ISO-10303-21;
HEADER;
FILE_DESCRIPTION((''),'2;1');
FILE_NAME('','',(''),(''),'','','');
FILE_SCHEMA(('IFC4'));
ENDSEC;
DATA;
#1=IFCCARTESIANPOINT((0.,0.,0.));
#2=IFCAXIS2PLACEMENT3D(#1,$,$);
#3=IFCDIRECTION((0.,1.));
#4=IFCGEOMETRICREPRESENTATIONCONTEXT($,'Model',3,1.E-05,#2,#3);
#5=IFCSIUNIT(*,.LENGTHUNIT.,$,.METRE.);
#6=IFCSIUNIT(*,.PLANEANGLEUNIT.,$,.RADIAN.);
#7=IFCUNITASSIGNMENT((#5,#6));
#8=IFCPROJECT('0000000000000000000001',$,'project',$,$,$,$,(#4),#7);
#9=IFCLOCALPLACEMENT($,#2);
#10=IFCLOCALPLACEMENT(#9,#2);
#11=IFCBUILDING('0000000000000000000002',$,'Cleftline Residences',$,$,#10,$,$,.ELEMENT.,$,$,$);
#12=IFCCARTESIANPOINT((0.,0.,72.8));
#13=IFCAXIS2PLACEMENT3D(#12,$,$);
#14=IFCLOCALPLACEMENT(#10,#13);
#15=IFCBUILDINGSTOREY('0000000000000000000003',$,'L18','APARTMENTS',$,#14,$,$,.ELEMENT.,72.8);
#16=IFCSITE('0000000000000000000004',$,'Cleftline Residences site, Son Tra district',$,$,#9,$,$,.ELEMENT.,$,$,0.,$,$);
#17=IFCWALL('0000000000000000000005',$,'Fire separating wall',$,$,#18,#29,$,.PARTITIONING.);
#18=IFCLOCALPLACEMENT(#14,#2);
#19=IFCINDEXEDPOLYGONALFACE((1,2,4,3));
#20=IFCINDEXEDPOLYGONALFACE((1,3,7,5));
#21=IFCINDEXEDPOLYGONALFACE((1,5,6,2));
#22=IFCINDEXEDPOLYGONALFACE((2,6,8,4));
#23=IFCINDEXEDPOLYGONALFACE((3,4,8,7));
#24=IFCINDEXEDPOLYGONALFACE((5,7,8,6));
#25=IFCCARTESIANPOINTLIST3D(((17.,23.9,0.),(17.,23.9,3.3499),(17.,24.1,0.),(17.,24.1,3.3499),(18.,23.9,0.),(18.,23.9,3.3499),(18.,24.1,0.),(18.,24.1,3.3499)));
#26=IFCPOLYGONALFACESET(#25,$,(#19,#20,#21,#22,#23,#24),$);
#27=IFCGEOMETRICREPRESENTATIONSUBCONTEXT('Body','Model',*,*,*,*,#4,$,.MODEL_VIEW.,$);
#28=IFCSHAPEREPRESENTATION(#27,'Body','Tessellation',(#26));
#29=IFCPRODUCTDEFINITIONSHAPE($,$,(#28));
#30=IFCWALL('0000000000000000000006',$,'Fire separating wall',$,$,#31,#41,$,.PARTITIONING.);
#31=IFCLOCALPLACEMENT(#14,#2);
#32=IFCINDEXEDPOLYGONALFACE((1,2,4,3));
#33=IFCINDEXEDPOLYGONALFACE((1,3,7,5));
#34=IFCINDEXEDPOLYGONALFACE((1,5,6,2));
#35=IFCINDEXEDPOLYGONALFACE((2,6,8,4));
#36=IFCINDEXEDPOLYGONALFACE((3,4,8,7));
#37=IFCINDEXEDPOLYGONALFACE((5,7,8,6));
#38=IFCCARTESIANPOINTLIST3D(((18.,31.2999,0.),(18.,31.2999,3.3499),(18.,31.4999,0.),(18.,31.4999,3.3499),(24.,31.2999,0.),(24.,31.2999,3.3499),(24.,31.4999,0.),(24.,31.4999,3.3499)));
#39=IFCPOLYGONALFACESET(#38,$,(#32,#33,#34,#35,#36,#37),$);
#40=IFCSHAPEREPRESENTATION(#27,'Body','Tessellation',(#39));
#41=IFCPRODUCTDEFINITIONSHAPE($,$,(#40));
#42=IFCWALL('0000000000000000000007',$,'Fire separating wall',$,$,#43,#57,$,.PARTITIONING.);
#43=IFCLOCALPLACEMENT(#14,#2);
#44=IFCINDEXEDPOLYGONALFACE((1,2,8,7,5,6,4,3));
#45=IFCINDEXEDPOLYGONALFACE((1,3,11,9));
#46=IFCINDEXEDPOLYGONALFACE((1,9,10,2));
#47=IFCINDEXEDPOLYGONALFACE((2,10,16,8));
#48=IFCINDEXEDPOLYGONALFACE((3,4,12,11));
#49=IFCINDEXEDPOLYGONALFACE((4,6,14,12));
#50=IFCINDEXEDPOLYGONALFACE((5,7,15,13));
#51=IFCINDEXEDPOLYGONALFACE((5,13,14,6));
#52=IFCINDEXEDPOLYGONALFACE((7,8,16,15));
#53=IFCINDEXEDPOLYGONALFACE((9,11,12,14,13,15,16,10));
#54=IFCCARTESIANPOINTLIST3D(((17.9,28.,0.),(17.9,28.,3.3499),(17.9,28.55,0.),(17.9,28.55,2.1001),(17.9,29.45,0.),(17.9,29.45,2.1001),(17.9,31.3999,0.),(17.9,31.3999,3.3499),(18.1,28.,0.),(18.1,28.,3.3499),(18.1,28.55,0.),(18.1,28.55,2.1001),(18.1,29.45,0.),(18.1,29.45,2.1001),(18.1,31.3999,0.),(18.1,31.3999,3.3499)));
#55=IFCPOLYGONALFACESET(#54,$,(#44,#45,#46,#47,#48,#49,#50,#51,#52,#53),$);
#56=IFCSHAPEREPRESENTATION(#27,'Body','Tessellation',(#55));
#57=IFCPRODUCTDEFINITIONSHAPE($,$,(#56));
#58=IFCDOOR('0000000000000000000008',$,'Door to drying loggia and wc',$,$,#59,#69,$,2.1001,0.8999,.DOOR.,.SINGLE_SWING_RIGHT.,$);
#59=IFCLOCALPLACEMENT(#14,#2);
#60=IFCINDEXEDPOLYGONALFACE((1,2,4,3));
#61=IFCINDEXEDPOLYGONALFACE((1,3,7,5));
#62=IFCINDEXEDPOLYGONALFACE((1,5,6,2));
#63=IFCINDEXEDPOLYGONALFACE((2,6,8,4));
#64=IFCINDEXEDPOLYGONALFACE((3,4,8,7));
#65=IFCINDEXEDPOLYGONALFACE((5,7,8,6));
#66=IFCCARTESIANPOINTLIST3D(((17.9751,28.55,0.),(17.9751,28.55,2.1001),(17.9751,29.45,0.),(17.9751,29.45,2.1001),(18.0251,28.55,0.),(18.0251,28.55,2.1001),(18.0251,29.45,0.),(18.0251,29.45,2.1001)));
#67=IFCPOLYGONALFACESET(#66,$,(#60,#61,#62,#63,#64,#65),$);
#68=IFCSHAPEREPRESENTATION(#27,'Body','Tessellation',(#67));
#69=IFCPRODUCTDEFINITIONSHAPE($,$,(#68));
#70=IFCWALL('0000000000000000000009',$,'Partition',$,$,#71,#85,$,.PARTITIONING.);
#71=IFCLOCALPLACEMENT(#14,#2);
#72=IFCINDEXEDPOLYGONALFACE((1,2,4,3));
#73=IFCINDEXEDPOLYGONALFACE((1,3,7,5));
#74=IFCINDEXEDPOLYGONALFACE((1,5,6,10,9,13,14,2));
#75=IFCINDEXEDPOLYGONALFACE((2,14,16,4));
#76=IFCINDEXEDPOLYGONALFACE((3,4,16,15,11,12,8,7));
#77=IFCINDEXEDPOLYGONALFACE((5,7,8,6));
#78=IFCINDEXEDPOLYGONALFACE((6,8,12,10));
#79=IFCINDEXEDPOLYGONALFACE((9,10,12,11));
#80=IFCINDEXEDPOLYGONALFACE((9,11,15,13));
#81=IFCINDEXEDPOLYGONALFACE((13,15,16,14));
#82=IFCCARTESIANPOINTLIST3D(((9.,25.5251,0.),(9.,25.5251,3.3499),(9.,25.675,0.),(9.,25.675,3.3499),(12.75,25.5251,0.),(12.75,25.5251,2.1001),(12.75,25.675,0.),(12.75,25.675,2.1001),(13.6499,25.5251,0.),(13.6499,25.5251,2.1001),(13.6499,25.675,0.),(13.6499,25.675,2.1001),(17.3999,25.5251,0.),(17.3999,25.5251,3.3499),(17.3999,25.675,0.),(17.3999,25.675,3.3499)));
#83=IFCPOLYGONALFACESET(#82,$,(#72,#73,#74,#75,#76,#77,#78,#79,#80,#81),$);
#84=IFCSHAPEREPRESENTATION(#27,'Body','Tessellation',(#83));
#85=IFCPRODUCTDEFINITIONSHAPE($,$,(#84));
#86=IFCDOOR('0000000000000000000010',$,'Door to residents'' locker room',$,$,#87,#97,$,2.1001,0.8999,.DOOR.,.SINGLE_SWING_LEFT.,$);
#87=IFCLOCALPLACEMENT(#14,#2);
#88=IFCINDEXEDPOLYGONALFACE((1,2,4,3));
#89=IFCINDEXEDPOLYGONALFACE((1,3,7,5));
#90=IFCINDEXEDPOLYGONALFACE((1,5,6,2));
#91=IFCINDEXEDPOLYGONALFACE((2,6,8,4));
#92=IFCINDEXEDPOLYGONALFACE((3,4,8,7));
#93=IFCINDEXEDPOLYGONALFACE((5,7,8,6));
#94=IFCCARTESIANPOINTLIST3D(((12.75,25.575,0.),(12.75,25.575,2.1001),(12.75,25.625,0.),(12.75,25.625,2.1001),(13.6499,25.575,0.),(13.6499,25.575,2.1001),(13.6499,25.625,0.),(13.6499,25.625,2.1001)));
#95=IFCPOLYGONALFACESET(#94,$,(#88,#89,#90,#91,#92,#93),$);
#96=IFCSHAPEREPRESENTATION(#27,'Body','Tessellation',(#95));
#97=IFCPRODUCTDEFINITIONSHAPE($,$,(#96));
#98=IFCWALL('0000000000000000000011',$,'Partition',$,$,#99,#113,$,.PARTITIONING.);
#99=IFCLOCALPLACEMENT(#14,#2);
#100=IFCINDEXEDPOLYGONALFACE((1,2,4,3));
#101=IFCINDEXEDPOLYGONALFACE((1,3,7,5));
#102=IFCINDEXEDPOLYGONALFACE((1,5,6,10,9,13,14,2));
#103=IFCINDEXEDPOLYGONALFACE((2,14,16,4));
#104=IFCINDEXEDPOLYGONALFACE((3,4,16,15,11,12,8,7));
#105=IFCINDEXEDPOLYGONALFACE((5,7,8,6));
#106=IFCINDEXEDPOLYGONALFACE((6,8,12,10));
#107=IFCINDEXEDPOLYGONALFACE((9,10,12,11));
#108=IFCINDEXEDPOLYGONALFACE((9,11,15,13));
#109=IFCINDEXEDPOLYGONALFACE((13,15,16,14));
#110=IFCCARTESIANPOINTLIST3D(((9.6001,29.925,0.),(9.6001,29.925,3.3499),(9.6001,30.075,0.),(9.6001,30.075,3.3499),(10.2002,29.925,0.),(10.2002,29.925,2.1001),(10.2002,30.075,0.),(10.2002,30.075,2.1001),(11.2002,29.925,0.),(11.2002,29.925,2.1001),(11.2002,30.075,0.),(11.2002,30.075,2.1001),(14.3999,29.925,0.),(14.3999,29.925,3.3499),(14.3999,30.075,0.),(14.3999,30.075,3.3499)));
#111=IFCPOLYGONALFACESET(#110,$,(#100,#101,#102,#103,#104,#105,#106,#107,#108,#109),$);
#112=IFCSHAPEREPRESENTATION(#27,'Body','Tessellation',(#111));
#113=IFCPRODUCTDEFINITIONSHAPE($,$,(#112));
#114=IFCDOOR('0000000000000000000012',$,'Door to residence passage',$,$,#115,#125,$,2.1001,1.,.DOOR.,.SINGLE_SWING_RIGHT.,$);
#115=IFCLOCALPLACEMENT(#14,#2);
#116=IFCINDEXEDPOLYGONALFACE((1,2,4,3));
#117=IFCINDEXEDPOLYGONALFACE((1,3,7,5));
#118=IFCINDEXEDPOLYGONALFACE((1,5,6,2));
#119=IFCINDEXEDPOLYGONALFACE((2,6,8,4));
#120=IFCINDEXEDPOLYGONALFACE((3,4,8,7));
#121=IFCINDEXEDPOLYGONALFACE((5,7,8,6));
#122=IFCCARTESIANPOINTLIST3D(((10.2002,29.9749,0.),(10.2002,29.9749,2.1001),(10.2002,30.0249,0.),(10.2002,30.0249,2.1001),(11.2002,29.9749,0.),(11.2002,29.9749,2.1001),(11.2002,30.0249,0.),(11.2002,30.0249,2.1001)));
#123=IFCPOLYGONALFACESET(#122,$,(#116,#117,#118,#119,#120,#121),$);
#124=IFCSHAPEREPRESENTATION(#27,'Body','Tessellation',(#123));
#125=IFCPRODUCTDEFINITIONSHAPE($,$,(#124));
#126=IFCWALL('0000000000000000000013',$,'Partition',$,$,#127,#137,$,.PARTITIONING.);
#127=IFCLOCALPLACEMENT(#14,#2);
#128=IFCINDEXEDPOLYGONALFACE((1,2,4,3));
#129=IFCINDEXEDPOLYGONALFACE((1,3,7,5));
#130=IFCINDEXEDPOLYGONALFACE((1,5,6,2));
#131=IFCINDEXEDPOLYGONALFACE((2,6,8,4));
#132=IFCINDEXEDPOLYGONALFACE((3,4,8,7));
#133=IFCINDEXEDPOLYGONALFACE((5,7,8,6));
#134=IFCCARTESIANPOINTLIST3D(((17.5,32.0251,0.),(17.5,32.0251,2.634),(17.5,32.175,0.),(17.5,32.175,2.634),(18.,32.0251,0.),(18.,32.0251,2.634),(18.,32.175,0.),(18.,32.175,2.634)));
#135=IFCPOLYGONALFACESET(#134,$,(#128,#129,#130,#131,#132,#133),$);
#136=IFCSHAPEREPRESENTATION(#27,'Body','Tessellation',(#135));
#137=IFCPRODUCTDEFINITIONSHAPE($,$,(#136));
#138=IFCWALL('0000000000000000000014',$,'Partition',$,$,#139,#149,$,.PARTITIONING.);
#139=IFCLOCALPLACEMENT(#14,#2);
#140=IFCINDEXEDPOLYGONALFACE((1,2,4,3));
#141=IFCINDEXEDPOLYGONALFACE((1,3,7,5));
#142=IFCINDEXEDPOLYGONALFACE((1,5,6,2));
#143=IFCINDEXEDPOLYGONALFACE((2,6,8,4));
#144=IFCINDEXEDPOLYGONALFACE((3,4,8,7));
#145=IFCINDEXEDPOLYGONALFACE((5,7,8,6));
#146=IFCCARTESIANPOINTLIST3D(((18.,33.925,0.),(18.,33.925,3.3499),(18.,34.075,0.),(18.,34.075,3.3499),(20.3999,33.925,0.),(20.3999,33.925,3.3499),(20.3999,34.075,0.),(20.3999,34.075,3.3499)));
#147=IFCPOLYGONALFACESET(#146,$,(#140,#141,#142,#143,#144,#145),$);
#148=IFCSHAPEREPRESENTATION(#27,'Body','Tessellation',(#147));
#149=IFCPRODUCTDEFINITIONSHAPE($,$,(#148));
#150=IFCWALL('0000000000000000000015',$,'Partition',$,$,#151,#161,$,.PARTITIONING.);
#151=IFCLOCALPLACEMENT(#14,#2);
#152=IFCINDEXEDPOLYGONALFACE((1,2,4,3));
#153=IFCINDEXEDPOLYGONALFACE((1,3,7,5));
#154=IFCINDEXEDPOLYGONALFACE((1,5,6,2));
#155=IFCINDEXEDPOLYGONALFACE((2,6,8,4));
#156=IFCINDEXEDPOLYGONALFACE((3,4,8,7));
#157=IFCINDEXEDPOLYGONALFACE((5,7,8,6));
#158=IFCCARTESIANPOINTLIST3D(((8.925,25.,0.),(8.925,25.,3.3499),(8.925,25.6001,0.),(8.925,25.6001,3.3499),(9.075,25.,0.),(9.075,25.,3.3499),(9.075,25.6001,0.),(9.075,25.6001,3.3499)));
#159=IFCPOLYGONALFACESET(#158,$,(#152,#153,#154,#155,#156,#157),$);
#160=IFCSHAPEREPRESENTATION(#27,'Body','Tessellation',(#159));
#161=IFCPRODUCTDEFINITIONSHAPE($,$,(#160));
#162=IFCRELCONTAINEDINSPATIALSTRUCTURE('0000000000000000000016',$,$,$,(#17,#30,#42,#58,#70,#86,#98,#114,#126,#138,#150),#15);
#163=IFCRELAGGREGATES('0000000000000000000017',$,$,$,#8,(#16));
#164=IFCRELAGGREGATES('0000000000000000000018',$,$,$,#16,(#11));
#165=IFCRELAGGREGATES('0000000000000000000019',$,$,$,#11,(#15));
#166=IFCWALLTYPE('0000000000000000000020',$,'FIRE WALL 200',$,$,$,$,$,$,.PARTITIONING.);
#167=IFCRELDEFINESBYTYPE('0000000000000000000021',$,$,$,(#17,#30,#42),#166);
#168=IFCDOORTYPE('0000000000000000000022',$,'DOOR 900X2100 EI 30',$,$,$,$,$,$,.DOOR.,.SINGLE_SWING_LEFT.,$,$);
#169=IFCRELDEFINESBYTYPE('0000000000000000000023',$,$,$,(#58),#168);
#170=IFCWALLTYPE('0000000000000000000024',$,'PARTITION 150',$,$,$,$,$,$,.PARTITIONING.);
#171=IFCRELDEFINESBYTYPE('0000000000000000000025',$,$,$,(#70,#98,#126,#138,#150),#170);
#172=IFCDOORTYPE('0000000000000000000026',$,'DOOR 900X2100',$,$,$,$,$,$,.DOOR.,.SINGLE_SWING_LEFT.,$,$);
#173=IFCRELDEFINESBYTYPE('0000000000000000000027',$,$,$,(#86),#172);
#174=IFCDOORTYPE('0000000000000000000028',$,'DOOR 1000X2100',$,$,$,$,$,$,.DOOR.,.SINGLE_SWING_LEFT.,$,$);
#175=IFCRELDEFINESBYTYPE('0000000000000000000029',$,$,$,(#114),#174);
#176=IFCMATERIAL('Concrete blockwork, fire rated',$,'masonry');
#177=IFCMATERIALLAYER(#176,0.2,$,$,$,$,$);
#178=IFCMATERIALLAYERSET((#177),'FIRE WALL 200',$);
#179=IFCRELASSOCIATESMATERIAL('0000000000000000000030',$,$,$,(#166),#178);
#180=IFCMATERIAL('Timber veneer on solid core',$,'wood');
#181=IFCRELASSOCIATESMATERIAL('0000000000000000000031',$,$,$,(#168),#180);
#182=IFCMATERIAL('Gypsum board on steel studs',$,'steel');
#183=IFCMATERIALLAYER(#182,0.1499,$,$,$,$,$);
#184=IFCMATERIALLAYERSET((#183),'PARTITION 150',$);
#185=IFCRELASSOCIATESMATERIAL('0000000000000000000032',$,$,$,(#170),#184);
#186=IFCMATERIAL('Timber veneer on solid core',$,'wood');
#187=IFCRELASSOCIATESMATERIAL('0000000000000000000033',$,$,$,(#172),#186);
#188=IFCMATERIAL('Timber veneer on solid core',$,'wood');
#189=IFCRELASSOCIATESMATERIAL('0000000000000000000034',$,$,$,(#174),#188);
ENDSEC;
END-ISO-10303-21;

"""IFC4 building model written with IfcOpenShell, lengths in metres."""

from ifc_helpers import new_model, si_unit, direction, frame, frame_2d, origin, place, context, subcontext, project, spatial, rectangle, extrude, material, layer, layer_set, type_object, element, fill, save


model = new_model("IFC4")

# Units and contexts
model_context = context("Model", 3, precision=1e-05, world=origin(), true_north=direction((0.0, 1.0)))
body_context = subcontext(model_context, "Body", "Model", "MODEL_VIEW")
ifc_project = project(units=[si_unit("LENGTHUNIT", "METRE"), si_unit("PLANEANGLEUNIT", "RADIAN")], contexts=[model_context])

# Site, building, storey
site_placement = place(None, origin())
site = spatial("IfcSite", under=ifc_project, at=site_placement, Name="Cleftline Residences site, Son Tra district", CompositionType="ELEMENT", RefElevation=0.0)
building_placement = place(site_placement, origin())
building = spatial("IfcBuilding", under=site, at=building_placement, Name="Cleftline Residences", CompositionType="ELEMENT")
storey_placement = place(building_placement, frame((0.0, 0.0, 72.8)))
storey = spatial("IfcBuildingStorey", under=building, at=storey_placement, Name="L18", Description="APARTMENTS", CompositionType="ELEMENT", Elevation=72.8)

# Walls
ifc_material_1 = material(Name="Concrete blockwork, fire rated", Category="masonry")
ifc_layer_1 = layer(ifc_material_1, 0.2)
ifc_layer_set_1 = layer_set([ifc_layer_1], Name="FIRE WALL 200")
wall_type_1 = type_object("IfcWallType", Name="FIRE WALL 200", PredefinedType="PARTITIONING", material=ifc_layer_set_1)
wall_1_placement = place(storey_placement, frame((17.0, 24.0, 0.0), z_axis=(0.0, 0.0, 1.0), x_axis=(1.0, 0.0, 0.0)))
element("IfcWall", 1, at=wall_1_placement, inside=storey, type_object=wall_type_1, Name="Fire separating wall", PredefinedType="PARTITIONING", context=body_context, shape_type="SweptSolid", body=[
    extrude(rectangle(XDim=1.0, YDim=0.2, at=frame_2d((0.5, 0.0))), origin(), (0.0, 0.0, 1.0), 3.3499),
])
wall_2_placement = place(storey_placement, frame((18.0, 31.3999, 0.0), z_axis=(0.0, 0.0, 1.0), x_axis=(1.0, 0.0, 0.0)))
element("IfcWall", 2, at=wall_2_placement, inside=storey, type_object=wall_type_1, Name="Fire separating wall", PredefinedType="PARTITIONING", context=body_context, shape_type="SweptSolid", body=[
    extrude(rectangle(XDim=6.0, YDim=0.2, at=frame_2d((3.0, 0.0))), origin(), (0.0, 0.0, 1.0), 3.3499),
])

# Walls, openings, doors
wall_3_placement = place(storey_placement, frame((18.0, 28.0, 0.0), z_axis=(0.0, 0.0, 1.0), x_axis=(0.0, 1.0, 0.0)))
wall_3 = element("IfcWall", 3, at=wall_3_placement, inside=storey, type_object=wall_type_1, Name="Fire separating wall", PredefinedType="PARTITIONING", context=body_context, shape_type="SweptSolid", body=[
    extrude(rectangle(XDim=3.3999, YDim=0.2, at=frame_2d((1.7, 0.0))), origin(), (0.0, 0.0, 1.0), 3.3499),
])
opening_1_placement = place(wall_3_placement, frame((0.55, 0.0, 0.0)))
opening_1 = element("IfcOpeningElement", 4, at=opening_1_placement, cuts=wall_3, PredefinedType="OPENING", context=body_context, shape_type="SweptSolid", body=[
    extrude(rectangle(XDim=0.8999, YDim=2.1001, at=frame_2d((0.45, 1.05))), frame((0.0, 0.1099, 0.0), z_axis=(0.0, -1.0, 0.0), x_axis=(1.0, 0.0, 0.0)), (0.0, 0.0, 1.0), 0.22),
])
ifc_material_2 = material(Name="Timber veneer on solid core", Category="wood")
door_type_1 = type_object("IfcDoorType", Name="DOOR 900X2100 EI 30", OperationType="SINGLE_SWING_LEFT", PredefinedType="DOOR", material=ifc_material_2)
door_1_placement = place(opening_1_placement, origin())
door_1 = element("IfcDoor", 5, at=door_1_placement, inside=storey, type_object=door_type_1, Name="Door to drying loggia and wc", OperationType="SINGLE_SWING_RIGHT", OverallHeight=2.1001, OverallWidth=0.8999, PredefinedType="DOOR", context=body_context, shape_type="SweptSolid", body=[
    extrude(rectangle(XDim=0.8999, YDim=2.1001, at=frame_2d((0.45, 1.05))), frame((0.0, 0.0249, 0.0), z_axis=(0.0, -1.0, 0.0), x_axis=(1.0, 0.0, 0.0)), (0.0, 0.0, 1.0), 0.05),
])
fill(opening_1, door_1)
ifc_material_3 = material(Name="Gypsum board on steel studs", Category="steel")
ifc_layer_2 = layer(ifc_material_3, 0.1499)
ifc_layer_set_2 = layer_set([ifc_layer_2], Name="PARTITION 150")
wall_type_2 = type_object("IfcWallType", Name="PARTITION 150", PredefinedType="PARTITIONING", material=ifc_layer_set_2)
wall_4_placement = place(storey_placement, frame((9.0, 25.6001, 0.0), z_axis=(0.0, 0.0, 1.0), x_axis=(1.0, 0.0, 0.0)))
wall_4 = element("IfcWall", 6, at=wall_4_placement, inside=storey, type_object=wall_type_2, Name="Partition", PredefinedType="PARTITIONING", context=body_context, shape_type="SweptSolid", body=[
    extrude(rectangle(XDim=8.3999, YDim=0.1499, at=frame_2d((4.2, 0.0))), origin(), (0.0, 0.0, 1.0), 3.3499),
])
opening_2_placement = place(wall_4_placement, frame((3.75, 0.0, 0.0)))
opening_2 = element("IfcOpeningElement", 7, at=opening_2_placement, cuts=wall_4, PredefinedType="OPENING", context=body_context, shape_type="SweptSolid", body=[
    extrude(rectangle(XDim=0.8999, YDim=2.1001, at=frame_2d((0.45, 1.05))), frame((0.0, 0.085, 0.0), z_axis=(0.0, -1.0, 0.0), x_axis=(1.0, 0.0, 0.0)), (0.0, 0.0, 1.0), 0.1699),
])
ifc_material_4 = material(Name="Timber veneer on solid core", Category="wood")
door_type_2 = type_object("IfcDoorType", Name="DOOR 900X2100", OperationType="SINGLE_SWING_LEFT", PredefinedType="DOOR", material=ifc_material_4)
door_2_placement = place(opening_2_placement, origin())
door_2 = element("IfcDoor", 8, at=door_2_placement, inside=storey, type_object=door_type_2, Name="Door to residents' locker room", OperationType="SINGLE_SWING_LEFT", OverallHeight=2.1001, OverallWidth=0.8999, PredefinedType="DOOR", context=body_context, shape_type="SweptSolid", body=[
    extrude(rectangle(XDim=0.8999, YDim=2.1001, at=frame_2d((0.45, 1.05))), frame((0.0, 0.0249, 0.0), z_axis=(0.0, -1.0, 0.0), x_axis=(1.0, 0.0, 0.0)), (0.0, 0.0, 1.0), 0.05),
])
fill(opening_2, door_2)
wall_5_placement = place(storey_placement, frame((9.6001, 30.0, 0.0), z_axis=(0.0, 0.0, 1.0), x_axis=(1.0, 0.0, 0.0)))
wall_5 = element("IfcWall", 9, at=wall_5_placement, inside=storey, type_object=wall_type_2, Name="Partition", PredefinedType="PARTITIONING", context=body_context, shape_type="SweptSolid", body=[
    extrude(rectangle(XDim=4.7998, YDim=0.1499, at=frame_2d((2.3999, 0.0))), origin(), (0.0, 0.0, 1.0), 3.3499),
])
opening_3_placement = place(wall_5_placement, frame((0.6001, 0.0, 0.0)))
opening_3 = element("IfcOpeningElement", 10, at=opening_3_placement, cuts=wall_5, PredefinedType="OPENING", context=body_context, shape_type="SweptSolid", body=[
    extrude(rectangle(XDim=1.0, YDim=2.1001, at=frame_2d((0.5, 1.05))), frame((0.0, 0.085, 0.0), z_axis=(0.0, -1.0, 0.0), x_axis=(1.0, 0.0, 0.0)), (0.0, 0.0, 1.0), 0.1699),
])
ifc_material_5 = material(Name="Timber veneer on solid core", Category="wood")
door_type_3 = type_object("IfcDoorType", Name="DOOR 1000X2100", OperationType="SINGLE_SWING_LEFT", PredefinedType="DOOR", material=ifc_material_5)
door_3_placement = place(opening_3_placement, origin())
door_3 = element("IfcDoor", 11, at=door_3_placement, inside=storey, type_object=door_type_3, Name="Door to residence passage", OperationType="SINGLE_SWING_RIGHT", OverallHeight=2.1001, OverallWidth=1.0, PredefinedType="DOOR", context=body_context, shape_type="SweptSolid", body=[
    extrude(rectangle(XDim=1.0, YDim=2.1001, at=frame_2d((0.5, 1.05))), frame((0.0, 0.0249, 0.0), z_axis=(0.0, -1.0, 0.0), x_axis=(1.0, 0.0, 0.0)), (0.0, 0.0, 1.0), 0.05),
])
fill(opening_3, door_3)

# Walls
wall_6_placement = place(storey_placement, frame((17.5, 32.1001, 0.0), z_axis=(0.0, 0.0, 1.0), x_axis=(1.0, 0.0, 0.0)))
element("IfcWall", 12, at=wall_6_placement, inside=storey, type_object=wall_type_2, Name="Partition", PredefinedType="PARTITIONING", context=body_context, shape_type="SweptSolid", body=[
    extrude(rectangle(XDim=0.5, YDim=0.1499, at=frame_2d((0.25, 0.0))), origin(), (0.0, 0.0, 1.0), 2.634),
])
wall_7_placement = place(storey_placement, frame((18.0, 34.0, 0.0), z_axis=(0.0, 0.0, 1.0), x_axis=(1.0, 0.0, 0.0)))
element("IfcWall", 13, at=wall_7_placement, inside=storey, type_object=wall_type_2, Name="Partition", PredefinedType="PARTITIONING", context=body_context, shape_type="SweptSolid", body=[
    extrude(rectangle(XDim=2.3999, YDim=0.1499, at=frame_2d((1.2, 0.0))), origin(), (0.0, 0.0, 1.0), 3.3499),
])
wall_8_placement = place(storey_placement, frame((9.0, 25.0, 0.0), z_axis=(0.0, 0.0, 1.0), x_axis=(0.0, 1.0, 0.0)))
element("IfcWall", 14, at=wall_8_placement, inside=storey, type_object=wall_type_2, Name="Partition", PredefinedType="PARTITIONING", context=body_context, shape_type="SweptSolid", body=[
    extrude(rectangle(XDim=0.6001, YDim=0.1499, at=frame_2d((0.3, 0.0))), origin(), (0.0, 0.0, 1.0), 3.3499),
])

save(model, "model.ifc")
